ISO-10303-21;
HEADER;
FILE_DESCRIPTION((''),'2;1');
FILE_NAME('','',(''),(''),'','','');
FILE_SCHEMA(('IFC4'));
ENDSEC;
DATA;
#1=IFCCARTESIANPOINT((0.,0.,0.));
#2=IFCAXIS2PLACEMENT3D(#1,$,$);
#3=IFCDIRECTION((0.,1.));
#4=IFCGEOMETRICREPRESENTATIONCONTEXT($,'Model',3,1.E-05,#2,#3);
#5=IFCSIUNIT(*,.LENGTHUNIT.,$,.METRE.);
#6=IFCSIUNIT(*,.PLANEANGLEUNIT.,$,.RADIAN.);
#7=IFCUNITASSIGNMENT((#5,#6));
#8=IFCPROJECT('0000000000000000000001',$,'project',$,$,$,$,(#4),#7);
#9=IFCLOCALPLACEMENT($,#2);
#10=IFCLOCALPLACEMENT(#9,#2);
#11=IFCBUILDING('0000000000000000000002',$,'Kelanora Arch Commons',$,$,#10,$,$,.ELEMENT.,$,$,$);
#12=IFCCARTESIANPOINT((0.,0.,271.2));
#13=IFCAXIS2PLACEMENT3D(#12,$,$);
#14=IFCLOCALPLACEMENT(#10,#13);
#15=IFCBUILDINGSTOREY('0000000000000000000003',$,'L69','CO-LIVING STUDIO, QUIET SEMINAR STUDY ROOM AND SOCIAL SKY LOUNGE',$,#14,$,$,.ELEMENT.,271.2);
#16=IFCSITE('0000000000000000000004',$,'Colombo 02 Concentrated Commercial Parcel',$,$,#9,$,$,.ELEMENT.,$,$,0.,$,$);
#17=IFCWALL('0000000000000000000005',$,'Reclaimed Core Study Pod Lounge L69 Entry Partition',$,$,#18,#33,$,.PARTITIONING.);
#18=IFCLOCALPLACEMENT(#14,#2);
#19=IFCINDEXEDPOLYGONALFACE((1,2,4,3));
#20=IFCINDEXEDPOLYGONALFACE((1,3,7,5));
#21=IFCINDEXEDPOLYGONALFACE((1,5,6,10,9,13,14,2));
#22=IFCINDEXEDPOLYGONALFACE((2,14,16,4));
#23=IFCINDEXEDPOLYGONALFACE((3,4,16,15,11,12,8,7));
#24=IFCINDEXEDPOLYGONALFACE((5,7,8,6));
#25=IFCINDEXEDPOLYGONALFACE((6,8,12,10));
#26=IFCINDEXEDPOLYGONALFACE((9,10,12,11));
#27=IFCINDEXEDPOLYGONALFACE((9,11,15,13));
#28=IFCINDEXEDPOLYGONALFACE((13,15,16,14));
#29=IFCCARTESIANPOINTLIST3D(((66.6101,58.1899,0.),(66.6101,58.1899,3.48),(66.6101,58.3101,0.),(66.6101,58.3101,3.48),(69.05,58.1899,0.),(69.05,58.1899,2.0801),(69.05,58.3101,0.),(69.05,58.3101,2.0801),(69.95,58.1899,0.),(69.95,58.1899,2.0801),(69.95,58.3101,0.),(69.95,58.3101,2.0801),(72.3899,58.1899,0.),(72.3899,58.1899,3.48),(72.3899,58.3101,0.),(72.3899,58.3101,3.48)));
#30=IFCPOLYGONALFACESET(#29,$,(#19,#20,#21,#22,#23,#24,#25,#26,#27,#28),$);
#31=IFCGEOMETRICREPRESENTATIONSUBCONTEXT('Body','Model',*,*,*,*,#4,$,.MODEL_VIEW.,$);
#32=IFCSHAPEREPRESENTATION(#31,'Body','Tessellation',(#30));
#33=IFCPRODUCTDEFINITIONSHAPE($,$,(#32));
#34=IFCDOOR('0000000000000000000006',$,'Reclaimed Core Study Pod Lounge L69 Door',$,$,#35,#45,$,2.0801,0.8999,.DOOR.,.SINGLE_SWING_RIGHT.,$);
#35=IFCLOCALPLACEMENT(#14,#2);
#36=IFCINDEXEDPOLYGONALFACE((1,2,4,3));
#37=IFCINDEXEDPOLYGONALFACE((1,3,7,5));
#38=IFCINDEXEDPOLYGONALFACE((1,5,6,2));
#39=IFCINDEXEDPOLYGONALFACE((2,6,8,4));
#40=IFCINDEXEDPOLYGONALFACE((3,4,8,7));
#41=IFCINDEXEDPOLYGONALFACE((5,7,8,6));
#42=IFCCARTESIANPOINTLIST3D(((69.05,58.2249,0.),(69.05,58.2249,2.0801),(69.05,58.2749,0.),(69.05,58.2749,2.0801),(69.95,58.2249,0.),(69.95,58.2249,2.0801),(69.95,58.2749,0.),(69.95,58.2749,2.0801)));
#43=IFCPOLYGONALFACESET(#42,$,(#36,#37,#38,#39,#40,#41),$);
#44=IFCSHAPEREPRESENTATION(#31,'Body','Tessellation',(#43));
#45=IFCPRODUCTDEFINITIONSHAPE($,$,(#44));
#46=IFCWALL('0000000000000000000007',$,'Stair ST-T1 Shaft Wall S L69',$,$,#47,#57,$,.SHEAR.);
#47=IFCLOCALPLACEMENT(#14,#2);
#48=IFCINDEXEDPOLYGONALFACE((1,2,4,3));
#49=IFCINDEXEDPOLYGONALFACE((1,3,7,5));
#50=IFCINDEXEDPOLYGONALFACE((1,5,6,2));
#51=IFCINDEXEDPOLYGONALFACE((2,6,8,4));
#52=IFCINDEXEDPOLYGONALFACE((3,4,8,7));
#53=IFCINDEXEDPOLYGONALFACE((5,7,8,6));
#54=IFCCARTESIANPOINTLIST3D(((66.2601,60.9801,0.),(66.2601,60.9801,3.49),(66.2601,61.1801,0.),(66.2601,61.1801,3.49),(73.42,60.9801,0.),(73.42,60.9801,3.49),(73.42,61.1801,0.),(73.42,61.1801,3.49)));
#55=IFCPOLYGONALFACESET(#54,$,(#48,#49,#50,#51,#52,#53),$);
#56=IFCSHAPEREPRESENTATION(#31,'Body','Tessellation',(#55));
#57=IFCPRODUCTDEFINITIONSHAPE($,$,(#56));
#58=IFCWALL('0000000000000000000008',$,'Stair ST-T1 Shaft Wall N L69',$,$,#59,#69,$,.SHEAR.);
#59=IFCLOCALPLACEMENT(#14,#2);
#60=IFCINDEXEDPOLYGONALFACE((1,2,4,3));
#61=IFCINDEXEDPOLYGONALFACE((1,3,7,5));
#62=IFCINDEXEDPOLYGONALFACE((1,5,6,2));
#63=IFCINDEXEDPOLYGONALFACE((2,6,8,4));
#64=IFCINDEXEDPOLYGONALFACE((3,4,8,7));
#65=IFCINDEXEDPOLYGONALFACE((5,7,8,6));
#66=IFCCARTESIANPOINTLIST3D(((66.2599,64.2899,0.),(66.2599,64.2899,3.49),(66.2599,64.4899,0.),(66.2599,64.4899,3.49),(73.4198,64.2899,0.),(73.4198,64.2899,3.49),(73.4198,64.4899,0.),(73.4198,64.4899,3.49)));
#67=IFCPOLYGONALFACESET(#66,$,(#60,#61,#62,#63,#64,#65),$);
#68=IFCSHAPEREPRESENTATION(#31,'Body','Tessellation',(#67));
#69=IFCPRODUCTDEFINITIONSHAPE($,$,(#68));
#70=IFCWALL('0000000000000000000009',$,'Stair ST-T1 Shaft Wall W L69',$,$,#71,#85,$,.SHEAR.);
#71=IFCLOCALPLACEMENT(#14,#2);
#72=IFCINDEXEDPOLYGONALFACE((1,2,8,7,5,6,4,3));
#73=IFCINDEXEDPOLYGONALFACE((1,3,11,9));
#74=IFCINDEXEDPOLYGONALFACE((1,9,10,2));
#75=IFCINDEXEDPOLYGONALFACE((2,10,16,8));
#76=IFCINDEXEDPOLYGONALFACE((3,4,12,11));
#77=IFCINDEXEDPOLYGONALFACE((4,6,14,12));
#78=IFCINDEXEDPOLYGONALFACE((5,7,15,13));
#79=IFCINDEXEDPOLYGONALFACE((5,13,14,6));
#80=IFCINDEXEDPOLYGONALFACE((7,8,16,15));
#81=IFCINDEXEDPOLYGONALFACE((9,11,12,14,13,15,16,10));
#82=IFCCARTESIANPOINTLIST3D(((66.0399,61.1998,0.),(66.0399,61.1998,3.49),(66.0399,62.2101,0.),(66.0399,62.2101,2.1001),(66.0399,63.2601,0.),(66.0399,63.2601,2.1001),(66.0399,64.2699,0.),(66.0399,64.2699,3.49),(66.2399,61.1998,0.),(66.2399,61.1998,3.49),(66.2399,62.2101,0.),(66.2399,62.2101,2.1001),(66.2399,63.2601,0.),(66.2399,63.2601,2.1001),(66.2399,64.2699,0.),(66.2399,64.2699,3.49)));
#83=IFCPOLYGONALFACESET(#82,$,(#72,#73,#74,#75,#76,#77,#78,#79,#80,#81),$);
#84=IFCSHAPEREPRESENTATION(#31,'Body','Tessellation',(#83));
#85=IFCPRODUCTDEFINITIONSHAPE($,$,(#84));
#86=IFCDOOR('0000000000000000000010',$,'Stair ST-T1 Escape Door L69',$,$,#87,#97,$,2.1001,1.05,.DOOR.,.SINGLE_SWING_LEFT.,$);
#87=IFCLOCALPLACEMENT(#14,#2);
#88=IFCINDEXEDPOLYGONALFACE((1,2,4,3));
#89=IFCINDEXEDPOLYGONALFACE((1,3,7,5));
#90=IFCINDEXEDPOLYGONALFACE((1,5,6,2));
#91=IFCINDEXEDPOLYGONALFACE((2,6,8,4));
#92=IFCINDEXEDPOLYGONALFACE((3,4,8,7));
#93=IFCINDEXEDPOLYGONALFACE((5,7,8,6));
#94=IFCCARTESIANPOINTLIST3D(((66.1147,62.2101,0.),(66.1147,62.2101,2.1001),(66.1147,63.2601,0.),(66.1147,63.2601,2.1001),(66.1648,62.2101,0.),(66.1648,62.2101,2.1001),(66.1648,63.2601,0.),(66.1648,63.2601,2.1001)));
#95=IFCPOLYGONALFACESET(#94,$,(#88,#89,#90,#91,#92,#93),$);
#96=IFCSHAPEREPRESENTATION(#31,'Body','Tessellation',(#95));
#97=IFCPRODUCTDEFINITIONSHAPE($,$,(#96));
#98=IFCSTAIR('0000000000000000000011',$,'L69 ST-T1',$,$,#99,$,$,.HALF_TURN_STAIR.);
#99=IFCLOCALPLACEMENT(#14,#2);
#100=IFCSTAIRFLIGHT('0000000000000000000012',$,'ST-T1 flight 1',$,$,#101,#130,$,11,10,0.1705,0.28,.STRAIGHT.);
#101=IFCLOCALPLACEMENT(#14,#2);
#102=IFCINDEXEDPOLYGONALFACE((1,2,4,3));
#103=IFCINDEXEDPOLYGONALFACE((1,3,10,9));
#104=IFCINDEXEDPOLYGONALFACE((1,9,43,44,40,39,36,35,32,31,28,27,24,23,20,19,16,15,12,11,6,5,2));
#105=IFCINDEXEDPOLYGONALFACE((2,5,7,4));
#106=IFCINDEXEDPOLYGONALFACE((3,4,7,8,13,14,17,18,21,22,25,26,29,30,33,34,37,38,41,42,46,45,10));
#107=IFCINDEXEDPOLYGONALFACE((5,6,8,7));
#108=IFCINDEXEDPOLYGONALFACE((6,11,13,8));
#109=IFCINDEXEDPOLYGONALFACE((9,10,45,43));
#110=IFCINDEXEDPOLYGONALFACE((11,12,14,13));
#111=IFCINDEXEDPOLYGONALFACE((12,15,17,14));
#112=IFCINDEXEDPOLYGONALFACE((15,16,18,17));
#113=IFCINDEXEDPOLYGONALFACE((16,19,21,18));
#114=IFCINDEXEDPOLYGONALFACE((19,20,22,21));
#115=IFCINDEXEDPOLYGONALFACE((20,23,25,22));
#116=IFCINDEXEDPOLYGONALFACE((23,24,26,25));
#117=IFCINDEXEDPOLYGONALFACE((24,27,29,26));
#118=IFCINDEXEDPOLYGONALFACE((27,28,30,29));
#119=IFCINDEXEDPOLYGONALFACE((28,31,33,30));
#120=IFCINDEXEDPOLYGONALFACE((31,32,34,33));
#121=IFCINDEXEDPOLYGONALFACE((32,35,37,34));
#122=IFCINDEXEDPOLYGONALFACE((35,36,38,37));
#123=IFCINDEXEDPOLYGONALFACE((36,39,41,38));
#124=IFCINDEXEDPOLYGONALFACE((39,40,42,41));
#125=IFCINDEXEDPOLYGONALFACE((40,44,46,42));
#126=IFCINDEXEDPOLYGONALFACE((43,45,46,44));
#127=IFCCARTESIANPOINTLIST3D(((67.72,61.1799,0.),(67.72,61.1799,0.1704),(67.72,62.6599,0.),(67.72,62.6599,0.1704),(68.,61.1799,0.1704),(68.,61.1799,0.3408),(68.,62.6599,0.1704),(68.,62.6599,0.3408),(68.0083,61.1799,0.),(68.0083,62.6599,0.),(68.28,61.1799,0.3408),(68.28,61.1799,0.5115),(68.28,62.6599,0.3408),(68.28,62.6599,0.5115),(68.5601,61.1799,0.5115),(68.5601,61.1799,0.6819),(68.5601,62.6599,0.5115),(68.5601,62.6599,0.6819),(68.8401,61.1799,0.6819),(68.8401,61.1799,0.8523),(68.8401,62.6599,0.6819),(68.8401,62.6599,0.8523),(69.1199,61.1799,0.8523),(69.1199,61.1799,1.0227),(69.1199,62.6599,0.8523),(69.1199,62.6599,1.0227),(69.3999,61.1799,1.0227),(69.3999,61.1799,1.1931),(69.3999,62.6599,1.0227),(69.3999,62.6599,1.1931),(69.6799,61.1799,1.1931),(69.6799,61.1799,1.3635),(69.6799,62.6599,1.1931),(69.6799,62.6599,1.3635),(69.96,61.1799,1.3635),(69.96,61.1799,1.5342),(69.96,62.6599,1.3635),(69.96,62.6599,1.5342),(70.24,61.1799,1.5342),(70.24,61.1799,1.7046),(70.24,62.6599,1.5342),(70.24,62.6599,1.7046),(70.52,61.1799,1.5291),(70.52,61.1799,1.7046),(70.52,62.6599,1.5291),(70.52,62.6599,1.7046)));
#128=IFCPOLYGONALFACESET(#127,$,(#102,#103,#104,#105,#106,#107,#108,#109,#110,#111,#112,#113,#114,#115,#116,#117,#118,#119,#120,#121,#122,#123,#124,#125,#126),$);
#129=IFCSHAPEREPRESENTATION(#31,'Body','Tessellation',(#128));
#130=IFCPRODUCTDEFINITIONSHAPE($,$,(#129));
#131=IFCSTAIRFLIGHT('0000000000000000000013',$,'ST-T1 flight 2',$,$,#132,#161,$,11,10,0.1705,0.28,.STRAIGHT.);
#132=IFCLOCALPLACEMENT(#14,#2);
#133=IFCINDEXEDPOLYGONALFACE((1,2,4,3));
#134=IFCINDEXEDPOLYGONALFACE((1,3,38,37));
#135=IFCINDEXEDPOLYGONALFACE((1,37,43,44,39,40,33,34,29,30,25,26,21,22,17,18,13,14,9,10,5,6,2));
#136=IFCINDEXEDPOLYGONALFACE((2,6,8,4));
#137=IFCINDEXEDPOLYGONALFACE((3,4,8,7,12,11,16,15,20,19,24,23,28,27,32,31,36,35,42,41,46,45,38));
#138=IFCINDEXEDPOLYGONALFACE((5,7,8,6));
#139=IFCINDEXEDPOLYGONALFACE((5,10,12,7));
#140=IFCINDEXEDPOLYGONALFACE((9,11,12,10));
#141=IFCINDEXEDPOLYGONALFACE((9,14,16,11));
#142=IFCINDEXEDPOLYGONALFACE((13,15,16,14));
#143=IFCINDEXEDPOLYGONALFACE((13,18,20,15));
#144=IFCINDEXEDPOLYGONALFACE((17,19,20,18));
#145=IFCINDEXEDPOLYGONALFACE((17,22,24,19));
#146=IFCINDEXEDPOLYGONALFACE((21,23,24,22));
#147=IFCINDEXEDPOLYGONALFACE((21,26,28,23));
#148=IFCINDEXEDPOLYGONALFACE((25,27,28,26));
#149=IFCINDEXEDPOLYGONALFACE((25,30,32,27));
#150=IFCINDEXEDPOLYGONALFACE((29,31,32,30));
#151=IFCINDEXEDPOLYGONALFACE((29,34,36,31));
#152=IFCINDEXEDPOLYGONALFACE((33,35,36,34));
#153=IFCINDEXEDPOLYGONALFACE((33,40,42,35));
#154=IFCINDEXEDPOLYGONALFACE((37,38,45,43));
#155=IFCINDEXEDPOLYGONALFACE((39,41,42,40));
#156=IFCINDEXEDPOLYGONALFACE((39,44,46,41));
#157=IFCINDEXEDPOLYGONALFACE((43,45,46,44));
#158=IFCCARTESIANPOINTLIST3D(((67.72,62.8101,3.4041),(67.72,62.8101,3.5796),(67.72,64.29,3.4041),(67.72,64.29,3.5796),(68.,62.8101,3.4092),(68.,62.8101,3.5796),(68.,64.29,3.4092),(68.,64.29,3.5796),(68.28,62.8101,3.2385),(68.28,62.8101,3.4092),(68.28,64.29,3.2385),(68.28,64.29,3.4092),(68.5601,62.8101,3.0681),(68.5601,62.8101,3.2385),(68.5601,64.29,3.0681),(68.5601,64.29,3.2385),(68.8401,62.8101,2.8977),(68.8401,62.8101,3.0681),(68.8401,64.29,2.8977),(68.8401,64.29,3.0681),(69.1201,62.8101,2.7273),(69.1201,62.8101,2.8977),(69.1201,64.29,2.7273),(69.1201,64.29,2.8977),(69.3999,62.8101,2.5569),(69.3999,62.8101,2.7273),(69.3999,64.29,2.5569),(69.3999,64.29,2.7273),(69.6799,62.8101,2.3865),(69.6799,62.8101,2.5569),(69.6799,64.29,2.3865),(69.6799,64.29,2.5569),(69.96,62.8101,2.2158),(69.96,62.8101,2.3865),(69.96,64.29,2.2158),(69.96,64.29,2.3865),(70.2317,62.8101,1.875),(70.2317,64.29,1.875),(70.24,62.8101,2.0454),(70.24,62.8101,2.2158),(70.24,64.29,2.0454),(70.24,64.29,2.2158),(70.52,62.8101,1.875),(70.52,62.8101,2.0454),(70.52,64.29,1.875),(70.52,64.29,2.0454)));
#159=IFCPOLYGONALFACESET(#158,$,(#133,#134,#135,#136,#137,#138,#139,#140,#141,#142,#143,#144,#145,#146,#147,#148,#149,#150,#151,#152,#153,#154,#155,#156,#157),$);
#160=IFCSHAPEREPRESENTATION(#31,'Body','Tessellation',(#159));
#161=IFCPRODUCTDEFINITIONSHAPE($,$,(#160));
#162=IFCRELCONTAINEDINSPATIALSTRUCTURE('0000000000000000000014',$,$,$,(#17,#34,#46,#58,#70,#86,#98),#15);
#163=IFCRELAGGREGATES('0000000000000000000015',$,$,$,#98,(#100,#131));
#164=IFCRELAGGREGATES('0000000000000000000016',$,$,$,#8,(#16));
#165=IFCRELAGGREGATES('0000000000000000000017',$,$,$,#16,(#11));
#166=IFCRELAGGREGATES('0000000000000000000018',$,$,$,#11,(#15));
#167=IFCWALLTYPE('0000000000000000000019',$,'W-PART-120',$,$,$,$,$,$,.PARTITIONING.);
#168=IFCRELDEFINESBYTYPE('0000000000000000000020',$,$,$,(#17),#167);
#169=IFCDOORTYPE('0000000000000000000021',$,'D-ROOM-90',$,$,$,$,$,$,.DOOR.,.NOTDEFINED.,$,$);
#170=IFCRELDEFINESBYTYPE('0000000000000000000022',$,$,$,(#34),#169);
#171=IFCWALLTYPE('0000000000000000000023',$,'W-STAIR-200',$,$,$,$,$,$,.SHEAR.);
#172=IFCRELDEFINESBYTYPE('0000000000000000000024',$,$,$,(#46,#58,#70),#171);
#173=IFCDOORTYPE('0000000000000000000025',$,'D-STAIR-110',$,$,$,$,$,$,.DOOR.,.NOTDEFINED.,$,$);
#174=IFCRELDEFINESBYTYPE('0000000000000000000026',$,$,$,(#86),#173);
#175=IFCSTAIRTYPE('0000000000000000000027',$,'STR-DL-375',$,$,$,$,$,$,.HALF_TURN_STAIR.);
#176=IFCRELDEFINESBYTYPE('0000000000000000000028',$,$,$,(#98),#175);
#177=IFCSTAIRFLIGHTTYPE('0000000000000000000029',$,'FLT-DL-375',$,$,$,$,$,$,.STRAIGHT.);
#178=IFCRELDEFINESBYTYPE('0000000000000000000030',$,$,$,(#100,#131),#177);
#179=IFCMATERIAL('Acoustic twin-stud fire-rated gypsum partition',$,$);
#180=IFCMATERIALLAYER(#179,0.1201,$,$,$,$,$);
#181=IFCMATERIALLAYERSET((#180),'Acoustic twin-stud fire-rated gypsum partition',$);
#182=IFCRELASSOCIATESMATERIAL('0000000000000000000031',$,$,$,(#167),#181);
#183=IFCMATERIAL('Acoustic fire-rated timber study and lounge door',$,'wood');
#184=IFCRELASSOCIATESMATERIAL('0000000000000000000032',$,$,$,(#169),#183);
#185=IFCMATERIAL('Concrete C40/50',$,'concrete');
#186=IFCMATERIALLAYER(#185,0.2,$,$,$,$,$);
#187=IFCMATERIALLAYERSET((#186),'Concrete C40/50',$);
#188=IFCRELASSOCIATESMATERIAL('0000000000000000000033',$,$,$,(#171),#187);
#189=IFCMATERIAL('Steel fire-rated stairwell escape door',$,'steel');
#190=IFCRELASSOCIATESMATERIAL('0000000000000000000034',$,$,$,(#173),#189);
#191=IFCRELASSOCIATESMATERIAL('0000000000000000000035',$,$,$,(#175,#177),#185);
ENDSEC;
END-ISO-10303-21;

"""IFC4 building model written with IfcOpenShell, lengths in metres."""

from ifc_helpers import new_model, si_unit, direction, frame, frame_2d, origin, place, context, subcontext, project, spatial, polyline, rectangle, outline, extrude, material, layer, layer_set, type_object, element, fill, aggregate, save


model = new_model("IFC4")

# Units and contexts
model_context = context("Model", 3, precision=1e-05, world=origin(), true_north=direction((0.0, 1.0)))
body_context = subcontext(model_context, "Body", "Model", "MODEL_VIEW")
ifc_project = project(units=[si_unit("LENGTHUNIT", "METRE"), si_unit("PLANEANGLEUNIT", "RADIAN")], contexts=[model_context])

# Site, building, storey
site_placement = place(None, origin())
site = spatial("IfcSite", under=ifc_project, at=site_placement, Name="Colombo 02 Concentrated Commercial Parcel", CompositionType="ELEMENT", RefElevation=0.0)
building_placement = place(site_placement, origin())
building = spatial("IfcBuilding", under=site, at=building_placement, Name="Kelanora Arch Commons", CompositionType="ELEMENT")
storey_placement = place(building_placement, frame((0.0, 0.0, 271.2)))
storey = spatial("IfcBuildingStorey", under=building, at=storey_placement, Name="L69", Description="CO-LIVING STUDIO, QUIET SEMINAR STUDY ROOM AND SOCIAL SKY LOUNGE", CompositionType="ELEMENT", Elevation=271.2)

# Wall, opening, door
ifc_material_1 = material(Name="Acoustic twin-stud fire-rated gypsum partition")
ifc_layer_1 = layer(ifc_material_1, 0.1201)
ifc_layer_set_1 = layer_set([ifc_layer_1], Name="Acoustic twin-stud fire-rated gypsum partition")
wall_type_1 = type_object("IfcWallType", Name="W-PART-120", PredefinedType="PARTITIONING", material=ifc_layer_set_1)
wall_1_placement = place(storey_placement, frame((66.6101, 58.25, 0.0), z_axis=(0.0, 0.0, 1.0), x_axis=(1.0, 0.0, 0.0)))
wall_1 = element("IfcWall", 1, at=wall_1_placement, inside=storey, type_object=wall_type_1, Name="Reclaimed Core Study Pod Lounge L69 Entry Partition", PredefinedType="PARTITIONING", context=body_context, shape_type="SweptSolid", body=[
    extrude(rectangle(XDim=5.7798, YDim=0.1201, at=frame_2d((2.8899, 0.0))), origin(), (0.0, 0.0, 1.0), 3.48),
])
opening_1_placement = place(wall_1_placement, frame((2.4399, 0.0, 0.0)))
opening_1 = element("IfcOpeningElement", 2, at=opening_1_placement, cuts=wall_1, PredefinedType="OPENING", context=body_context, shape_type="SweptSolid", body=[
    extrude(rectangle(XDim=0.8999, YDim=2.0801, at=frame_2d((0.45, 1.04))), frame((0.0, 0.0701, 0.0), z_axis=(0.0, -1.0, 0.0), x_axis=(1.0, 0.0, 0.0)), (0.0, 0.0, 1.0), 0.1401),
])
ifc_material_2 = material(Name="Acoustic fire-rated timber study and lounge door", Category="wood")
door_type_1 = type_object("IfcDoorType", Name="D-ROOM-90", OperationType="NOTDEFINED", PredefinedType="DOOR", material=ifc_material_2)
door_1_placement = place(opening_1_placement, origin())
door_1 = element("IfcDoor", 3, at=door_1_placement, inside=storey, type_object=door_type_1, Name="Reclaimed Core Study Pod Lounge L69 Door", OperationType="SINGLE_SWING_RIGHT", OverallHeight=2.0801, OverallWidth=0.8999, PredefinedType="DOOR", context=body_context, shape_type="SweptSolid", body=[
    extrude(rectangle(XDim=0.8999, YDim=2.0801, at=frame_2d((0.45, 1.04))), frame((0.0, 0.0249, 0.0), z_axis=(0.0, -1.0, 0.0), x_axis=(1.0, 0.0, 0.0)), (0.0, 0.0, 1.0), 0.05),
])
fill(opening_1, door_1)

# Walls
ifc_material_3 = material(Name="Concrete C40/50", Category="concrete")
ifc_layer_2 = layer(ifc_material_3, 0.2)
ifc_layer_set_2 = layer_set([ifc_layer_2], Name="Concrete C40/50")
wall_type_2 = type_object("IfcWallType", Name="W-STAIR-200", PredefinedType="SHEAR", material=ifc_layer_set_2)
for number, where, z_axis, x_axis, name in (
    (4, (66.26, 61.0801, 0.0), (0.0, 0.0, 1.0), (1.0, 0.0, 0.0), "Stair ST-T1 Shaft Wall S L69"),
    (5, (73.4199, 64.3899, 0.0), (0.0, 0.0, 1.0), (-1.0, 0.0, 0.0), "Stair ST-T1 Shaft Wall N L69"),
):
    element("IfcWall", number, at=place(storey_placement, frame(where, z_axis=z_axis, x_axis=x_axis)), inside=storey, type_object=wall_type_2, Name=name, PredefinedType="SHEAR", context=body_context, shape_type="SweptSolid", body=[
        extrude(rectangle(XDim=7.1599, YDim=0.2, at=frame_2d((3.5801, 0.0))), origin(), (0.0, 0.0, 1.0), 3.49),
    ])

# Wall, opening, door
wall_2_placement = place(storey_placement, frame((66.1399, 64.27, 0.0), z_axis=(0.0, 0.0, 1.0), x_axis=(0.0, -1.0, 0.0)))
wall_2 = element("IfcWall", 6, at=wall_2_placement, inside=storey, type_object=wall_type_2, Name="Stair ST-T1 Shaft Wall W L69", PredefinedType="SHEAR", context=body_context, shape_type="SweptSolid", body=[
    extrude(rectangle(XDim=3.0701, YDim=0.2, at=frame_2d((1.5352, 0.0))), origin(), (0.0, 0.0, 1.0), 3.49),
])
opening_2_placement = place(wall_2_placement, frame((1.01, 0.0, 0.0)))
opening_2 = element("IfcOpeningElement", 7, at=opening_2_placement, cuts=wall_2, PredefinedType="OPENING", context=body_context, shape_type="SweptSolid", body=[
    extrude(rectangle(XDim=1.05, YDim=2.1001, at=frame_2d((0.5249, 1.05))), frame((0.0, 0.1099, 0.0), z_axis=(0.0, -1.0, 0.0), x_axis=(1.0, 0.0, 0.0)), (0.0, 0.0, 1.0), 0.22),
])
ifc_material_4 = material(Name="Steel fire-rated stairwell escape door", Category="steel")
door_type_2 = type_object("IfcDoorType", Name="D-STAIR-110", OperationType="NOTDEFINED", PredefinedType="DOOR", material=ifc_material_4)
door_2_placement = place(opening_2_placement, origin())
door_2 = element("IfcDoor", 8, at=door_2_placement, inside=storey, type_object=door_type_2, Name="Stair ST-T1 Escape Door L69", OperationType="SINGLE_SWING_LEFT", OverallHeight=2.1001, OverallWidth=1.05, PredefinedType="DOOR", context=body_context, shape_type="SweptSolid", body=[
    extrude(rectangle(XDim=1.05, YDim=2.1001, at=frame_2d((0.5249, 1.05))), frame((0.0, 0.0249, 0.0), z_axis=(0.0, -1.0, 0.0), x_axis=(1.0, 0.0, 0.0)), (0.0, 0.0, 1.0), 0.05),
])
fill(opening_2, door_2)

# Stair, stair flights
stair_type = type_object("IfcStairType", Name="STR-DL-375", PredefinedType="HALF_TURN_STAIR", material=ifc_material_3)
stair_placement = place(storey_placement, origin())
stair = element("IfcStair", 9, at=stair_placement, inside=storey, type_object=stair_type, Name="L69 ST-T1", PredefinedType="HALF_TURN_STAIR")
stair_flight_type = type_object("IfcStairFlightType", Name="FLT-DL-375", PredefinedType="STRAIGHT", material=ifc_material_3)
stair_flight_1_placement = place(storey_placement, frame((67.72, 61.9199, 0.0), z_axis=(0.0, 0.0, 1.0), x_axis=(1.0, 0.0, 0.0)))
stair_flight_1 = element("IfcStairFlight", 10, at=stair_flight_1_placement, type_object=stair_flight_type, Name="ST-T1 flight 1", NumberOfRisers=11, NumberOfTreads=10, PredefinedType="STRAIGHT", RiserHeight=0.1705, TreadLength=0.28, context=body_context, shape_type="SweptSolid", body=[
    extrude(outline(polyline([(0.0, 0.0), (0.0, 0.1704), (0.28, 0.1704), (0.28, 0.3408), (0.5601, 0.3408), (0.5601, 0.5115), (0.8401, 0.5115), (0.8401, 0.6819), (1.1201, 0.6819), (1.1201, 0.8523), (1.3999, 0.8523), (1.3999, 1.0227), (1.6799, 1.0227), (1.6799, 1.1931), (1.96, 1.1931), (1.96, 1.3635), (2.24, 1.3635), (2.24, 1.5342), (2.52, 1.5342), (2.52, 1.7046), (2.8, 1.7046), (2.8, 1.875), (2.8, 1.5291), (0.2883, 0.0), (0.0, 0.0)])), frame((0.0, 0.74, 0.0), z_axis=(0.0, -1.0, 0.0), x_axis=(1.0, 0.0, 0.0)), (0.0, 0.0, 1.0), 1.48),
])
stair_flight_2_placement = place(storey_placement, frame((70.52, 63.55, 1.875), z_axis=(0.0, 0.0, 1.0), x_axis=(-1.0, 0.0, 0.0)))
stair_flight_2 = element("IfcStairFlight", 11, at=stair_flight_2_placement, type_object=stair_flight_type, Name="ST-T1 flight 2", NumberOfRisers=11, NumberOfTreads=10, PredefinedType="STRAIGHT", RiserHeight=0.1705, TreadLength=0.28, context=body_context, shape_type="SweptSolid", body=[
    extrude(outline(polyline([(0.0, 0.0), (0.0, 0.1704), (0.28, 0.1704), (0.28, 0.3408), (0.5601, 0.3408), (0.5601, 0.5115), (0.8401, 0.5115), (0.8401, 0.6819), (1.1201, 0.6819), (1.1201, 0.8523), (1.3999, 0.8523), (1.3999, 1.0227), (1.6799, 1.0227), (1.6799, 1.1931), (1.96, 1.1931), (1.96, 1.3635), (2.24, 1.3635), (2.24, 1.5342), (2.52, 1.5342), (2.52, 1.7046), (2.8, 1.7046), (2.8, 1.875), (2.8, 1.5291), (0.2883, 0.0), (0.0, 0.0)])), frame((0.0, 0.74, 0.0), z_axis=(0.0, -1.0, 0.0), x_axis=(1.0, 0.0, 0.0)), (0.0, 0.0, 1.0), 1.48),
])
aggregate(stair, [stair_flight_1, stair_flight_2])

save(model, "model.ifc")
